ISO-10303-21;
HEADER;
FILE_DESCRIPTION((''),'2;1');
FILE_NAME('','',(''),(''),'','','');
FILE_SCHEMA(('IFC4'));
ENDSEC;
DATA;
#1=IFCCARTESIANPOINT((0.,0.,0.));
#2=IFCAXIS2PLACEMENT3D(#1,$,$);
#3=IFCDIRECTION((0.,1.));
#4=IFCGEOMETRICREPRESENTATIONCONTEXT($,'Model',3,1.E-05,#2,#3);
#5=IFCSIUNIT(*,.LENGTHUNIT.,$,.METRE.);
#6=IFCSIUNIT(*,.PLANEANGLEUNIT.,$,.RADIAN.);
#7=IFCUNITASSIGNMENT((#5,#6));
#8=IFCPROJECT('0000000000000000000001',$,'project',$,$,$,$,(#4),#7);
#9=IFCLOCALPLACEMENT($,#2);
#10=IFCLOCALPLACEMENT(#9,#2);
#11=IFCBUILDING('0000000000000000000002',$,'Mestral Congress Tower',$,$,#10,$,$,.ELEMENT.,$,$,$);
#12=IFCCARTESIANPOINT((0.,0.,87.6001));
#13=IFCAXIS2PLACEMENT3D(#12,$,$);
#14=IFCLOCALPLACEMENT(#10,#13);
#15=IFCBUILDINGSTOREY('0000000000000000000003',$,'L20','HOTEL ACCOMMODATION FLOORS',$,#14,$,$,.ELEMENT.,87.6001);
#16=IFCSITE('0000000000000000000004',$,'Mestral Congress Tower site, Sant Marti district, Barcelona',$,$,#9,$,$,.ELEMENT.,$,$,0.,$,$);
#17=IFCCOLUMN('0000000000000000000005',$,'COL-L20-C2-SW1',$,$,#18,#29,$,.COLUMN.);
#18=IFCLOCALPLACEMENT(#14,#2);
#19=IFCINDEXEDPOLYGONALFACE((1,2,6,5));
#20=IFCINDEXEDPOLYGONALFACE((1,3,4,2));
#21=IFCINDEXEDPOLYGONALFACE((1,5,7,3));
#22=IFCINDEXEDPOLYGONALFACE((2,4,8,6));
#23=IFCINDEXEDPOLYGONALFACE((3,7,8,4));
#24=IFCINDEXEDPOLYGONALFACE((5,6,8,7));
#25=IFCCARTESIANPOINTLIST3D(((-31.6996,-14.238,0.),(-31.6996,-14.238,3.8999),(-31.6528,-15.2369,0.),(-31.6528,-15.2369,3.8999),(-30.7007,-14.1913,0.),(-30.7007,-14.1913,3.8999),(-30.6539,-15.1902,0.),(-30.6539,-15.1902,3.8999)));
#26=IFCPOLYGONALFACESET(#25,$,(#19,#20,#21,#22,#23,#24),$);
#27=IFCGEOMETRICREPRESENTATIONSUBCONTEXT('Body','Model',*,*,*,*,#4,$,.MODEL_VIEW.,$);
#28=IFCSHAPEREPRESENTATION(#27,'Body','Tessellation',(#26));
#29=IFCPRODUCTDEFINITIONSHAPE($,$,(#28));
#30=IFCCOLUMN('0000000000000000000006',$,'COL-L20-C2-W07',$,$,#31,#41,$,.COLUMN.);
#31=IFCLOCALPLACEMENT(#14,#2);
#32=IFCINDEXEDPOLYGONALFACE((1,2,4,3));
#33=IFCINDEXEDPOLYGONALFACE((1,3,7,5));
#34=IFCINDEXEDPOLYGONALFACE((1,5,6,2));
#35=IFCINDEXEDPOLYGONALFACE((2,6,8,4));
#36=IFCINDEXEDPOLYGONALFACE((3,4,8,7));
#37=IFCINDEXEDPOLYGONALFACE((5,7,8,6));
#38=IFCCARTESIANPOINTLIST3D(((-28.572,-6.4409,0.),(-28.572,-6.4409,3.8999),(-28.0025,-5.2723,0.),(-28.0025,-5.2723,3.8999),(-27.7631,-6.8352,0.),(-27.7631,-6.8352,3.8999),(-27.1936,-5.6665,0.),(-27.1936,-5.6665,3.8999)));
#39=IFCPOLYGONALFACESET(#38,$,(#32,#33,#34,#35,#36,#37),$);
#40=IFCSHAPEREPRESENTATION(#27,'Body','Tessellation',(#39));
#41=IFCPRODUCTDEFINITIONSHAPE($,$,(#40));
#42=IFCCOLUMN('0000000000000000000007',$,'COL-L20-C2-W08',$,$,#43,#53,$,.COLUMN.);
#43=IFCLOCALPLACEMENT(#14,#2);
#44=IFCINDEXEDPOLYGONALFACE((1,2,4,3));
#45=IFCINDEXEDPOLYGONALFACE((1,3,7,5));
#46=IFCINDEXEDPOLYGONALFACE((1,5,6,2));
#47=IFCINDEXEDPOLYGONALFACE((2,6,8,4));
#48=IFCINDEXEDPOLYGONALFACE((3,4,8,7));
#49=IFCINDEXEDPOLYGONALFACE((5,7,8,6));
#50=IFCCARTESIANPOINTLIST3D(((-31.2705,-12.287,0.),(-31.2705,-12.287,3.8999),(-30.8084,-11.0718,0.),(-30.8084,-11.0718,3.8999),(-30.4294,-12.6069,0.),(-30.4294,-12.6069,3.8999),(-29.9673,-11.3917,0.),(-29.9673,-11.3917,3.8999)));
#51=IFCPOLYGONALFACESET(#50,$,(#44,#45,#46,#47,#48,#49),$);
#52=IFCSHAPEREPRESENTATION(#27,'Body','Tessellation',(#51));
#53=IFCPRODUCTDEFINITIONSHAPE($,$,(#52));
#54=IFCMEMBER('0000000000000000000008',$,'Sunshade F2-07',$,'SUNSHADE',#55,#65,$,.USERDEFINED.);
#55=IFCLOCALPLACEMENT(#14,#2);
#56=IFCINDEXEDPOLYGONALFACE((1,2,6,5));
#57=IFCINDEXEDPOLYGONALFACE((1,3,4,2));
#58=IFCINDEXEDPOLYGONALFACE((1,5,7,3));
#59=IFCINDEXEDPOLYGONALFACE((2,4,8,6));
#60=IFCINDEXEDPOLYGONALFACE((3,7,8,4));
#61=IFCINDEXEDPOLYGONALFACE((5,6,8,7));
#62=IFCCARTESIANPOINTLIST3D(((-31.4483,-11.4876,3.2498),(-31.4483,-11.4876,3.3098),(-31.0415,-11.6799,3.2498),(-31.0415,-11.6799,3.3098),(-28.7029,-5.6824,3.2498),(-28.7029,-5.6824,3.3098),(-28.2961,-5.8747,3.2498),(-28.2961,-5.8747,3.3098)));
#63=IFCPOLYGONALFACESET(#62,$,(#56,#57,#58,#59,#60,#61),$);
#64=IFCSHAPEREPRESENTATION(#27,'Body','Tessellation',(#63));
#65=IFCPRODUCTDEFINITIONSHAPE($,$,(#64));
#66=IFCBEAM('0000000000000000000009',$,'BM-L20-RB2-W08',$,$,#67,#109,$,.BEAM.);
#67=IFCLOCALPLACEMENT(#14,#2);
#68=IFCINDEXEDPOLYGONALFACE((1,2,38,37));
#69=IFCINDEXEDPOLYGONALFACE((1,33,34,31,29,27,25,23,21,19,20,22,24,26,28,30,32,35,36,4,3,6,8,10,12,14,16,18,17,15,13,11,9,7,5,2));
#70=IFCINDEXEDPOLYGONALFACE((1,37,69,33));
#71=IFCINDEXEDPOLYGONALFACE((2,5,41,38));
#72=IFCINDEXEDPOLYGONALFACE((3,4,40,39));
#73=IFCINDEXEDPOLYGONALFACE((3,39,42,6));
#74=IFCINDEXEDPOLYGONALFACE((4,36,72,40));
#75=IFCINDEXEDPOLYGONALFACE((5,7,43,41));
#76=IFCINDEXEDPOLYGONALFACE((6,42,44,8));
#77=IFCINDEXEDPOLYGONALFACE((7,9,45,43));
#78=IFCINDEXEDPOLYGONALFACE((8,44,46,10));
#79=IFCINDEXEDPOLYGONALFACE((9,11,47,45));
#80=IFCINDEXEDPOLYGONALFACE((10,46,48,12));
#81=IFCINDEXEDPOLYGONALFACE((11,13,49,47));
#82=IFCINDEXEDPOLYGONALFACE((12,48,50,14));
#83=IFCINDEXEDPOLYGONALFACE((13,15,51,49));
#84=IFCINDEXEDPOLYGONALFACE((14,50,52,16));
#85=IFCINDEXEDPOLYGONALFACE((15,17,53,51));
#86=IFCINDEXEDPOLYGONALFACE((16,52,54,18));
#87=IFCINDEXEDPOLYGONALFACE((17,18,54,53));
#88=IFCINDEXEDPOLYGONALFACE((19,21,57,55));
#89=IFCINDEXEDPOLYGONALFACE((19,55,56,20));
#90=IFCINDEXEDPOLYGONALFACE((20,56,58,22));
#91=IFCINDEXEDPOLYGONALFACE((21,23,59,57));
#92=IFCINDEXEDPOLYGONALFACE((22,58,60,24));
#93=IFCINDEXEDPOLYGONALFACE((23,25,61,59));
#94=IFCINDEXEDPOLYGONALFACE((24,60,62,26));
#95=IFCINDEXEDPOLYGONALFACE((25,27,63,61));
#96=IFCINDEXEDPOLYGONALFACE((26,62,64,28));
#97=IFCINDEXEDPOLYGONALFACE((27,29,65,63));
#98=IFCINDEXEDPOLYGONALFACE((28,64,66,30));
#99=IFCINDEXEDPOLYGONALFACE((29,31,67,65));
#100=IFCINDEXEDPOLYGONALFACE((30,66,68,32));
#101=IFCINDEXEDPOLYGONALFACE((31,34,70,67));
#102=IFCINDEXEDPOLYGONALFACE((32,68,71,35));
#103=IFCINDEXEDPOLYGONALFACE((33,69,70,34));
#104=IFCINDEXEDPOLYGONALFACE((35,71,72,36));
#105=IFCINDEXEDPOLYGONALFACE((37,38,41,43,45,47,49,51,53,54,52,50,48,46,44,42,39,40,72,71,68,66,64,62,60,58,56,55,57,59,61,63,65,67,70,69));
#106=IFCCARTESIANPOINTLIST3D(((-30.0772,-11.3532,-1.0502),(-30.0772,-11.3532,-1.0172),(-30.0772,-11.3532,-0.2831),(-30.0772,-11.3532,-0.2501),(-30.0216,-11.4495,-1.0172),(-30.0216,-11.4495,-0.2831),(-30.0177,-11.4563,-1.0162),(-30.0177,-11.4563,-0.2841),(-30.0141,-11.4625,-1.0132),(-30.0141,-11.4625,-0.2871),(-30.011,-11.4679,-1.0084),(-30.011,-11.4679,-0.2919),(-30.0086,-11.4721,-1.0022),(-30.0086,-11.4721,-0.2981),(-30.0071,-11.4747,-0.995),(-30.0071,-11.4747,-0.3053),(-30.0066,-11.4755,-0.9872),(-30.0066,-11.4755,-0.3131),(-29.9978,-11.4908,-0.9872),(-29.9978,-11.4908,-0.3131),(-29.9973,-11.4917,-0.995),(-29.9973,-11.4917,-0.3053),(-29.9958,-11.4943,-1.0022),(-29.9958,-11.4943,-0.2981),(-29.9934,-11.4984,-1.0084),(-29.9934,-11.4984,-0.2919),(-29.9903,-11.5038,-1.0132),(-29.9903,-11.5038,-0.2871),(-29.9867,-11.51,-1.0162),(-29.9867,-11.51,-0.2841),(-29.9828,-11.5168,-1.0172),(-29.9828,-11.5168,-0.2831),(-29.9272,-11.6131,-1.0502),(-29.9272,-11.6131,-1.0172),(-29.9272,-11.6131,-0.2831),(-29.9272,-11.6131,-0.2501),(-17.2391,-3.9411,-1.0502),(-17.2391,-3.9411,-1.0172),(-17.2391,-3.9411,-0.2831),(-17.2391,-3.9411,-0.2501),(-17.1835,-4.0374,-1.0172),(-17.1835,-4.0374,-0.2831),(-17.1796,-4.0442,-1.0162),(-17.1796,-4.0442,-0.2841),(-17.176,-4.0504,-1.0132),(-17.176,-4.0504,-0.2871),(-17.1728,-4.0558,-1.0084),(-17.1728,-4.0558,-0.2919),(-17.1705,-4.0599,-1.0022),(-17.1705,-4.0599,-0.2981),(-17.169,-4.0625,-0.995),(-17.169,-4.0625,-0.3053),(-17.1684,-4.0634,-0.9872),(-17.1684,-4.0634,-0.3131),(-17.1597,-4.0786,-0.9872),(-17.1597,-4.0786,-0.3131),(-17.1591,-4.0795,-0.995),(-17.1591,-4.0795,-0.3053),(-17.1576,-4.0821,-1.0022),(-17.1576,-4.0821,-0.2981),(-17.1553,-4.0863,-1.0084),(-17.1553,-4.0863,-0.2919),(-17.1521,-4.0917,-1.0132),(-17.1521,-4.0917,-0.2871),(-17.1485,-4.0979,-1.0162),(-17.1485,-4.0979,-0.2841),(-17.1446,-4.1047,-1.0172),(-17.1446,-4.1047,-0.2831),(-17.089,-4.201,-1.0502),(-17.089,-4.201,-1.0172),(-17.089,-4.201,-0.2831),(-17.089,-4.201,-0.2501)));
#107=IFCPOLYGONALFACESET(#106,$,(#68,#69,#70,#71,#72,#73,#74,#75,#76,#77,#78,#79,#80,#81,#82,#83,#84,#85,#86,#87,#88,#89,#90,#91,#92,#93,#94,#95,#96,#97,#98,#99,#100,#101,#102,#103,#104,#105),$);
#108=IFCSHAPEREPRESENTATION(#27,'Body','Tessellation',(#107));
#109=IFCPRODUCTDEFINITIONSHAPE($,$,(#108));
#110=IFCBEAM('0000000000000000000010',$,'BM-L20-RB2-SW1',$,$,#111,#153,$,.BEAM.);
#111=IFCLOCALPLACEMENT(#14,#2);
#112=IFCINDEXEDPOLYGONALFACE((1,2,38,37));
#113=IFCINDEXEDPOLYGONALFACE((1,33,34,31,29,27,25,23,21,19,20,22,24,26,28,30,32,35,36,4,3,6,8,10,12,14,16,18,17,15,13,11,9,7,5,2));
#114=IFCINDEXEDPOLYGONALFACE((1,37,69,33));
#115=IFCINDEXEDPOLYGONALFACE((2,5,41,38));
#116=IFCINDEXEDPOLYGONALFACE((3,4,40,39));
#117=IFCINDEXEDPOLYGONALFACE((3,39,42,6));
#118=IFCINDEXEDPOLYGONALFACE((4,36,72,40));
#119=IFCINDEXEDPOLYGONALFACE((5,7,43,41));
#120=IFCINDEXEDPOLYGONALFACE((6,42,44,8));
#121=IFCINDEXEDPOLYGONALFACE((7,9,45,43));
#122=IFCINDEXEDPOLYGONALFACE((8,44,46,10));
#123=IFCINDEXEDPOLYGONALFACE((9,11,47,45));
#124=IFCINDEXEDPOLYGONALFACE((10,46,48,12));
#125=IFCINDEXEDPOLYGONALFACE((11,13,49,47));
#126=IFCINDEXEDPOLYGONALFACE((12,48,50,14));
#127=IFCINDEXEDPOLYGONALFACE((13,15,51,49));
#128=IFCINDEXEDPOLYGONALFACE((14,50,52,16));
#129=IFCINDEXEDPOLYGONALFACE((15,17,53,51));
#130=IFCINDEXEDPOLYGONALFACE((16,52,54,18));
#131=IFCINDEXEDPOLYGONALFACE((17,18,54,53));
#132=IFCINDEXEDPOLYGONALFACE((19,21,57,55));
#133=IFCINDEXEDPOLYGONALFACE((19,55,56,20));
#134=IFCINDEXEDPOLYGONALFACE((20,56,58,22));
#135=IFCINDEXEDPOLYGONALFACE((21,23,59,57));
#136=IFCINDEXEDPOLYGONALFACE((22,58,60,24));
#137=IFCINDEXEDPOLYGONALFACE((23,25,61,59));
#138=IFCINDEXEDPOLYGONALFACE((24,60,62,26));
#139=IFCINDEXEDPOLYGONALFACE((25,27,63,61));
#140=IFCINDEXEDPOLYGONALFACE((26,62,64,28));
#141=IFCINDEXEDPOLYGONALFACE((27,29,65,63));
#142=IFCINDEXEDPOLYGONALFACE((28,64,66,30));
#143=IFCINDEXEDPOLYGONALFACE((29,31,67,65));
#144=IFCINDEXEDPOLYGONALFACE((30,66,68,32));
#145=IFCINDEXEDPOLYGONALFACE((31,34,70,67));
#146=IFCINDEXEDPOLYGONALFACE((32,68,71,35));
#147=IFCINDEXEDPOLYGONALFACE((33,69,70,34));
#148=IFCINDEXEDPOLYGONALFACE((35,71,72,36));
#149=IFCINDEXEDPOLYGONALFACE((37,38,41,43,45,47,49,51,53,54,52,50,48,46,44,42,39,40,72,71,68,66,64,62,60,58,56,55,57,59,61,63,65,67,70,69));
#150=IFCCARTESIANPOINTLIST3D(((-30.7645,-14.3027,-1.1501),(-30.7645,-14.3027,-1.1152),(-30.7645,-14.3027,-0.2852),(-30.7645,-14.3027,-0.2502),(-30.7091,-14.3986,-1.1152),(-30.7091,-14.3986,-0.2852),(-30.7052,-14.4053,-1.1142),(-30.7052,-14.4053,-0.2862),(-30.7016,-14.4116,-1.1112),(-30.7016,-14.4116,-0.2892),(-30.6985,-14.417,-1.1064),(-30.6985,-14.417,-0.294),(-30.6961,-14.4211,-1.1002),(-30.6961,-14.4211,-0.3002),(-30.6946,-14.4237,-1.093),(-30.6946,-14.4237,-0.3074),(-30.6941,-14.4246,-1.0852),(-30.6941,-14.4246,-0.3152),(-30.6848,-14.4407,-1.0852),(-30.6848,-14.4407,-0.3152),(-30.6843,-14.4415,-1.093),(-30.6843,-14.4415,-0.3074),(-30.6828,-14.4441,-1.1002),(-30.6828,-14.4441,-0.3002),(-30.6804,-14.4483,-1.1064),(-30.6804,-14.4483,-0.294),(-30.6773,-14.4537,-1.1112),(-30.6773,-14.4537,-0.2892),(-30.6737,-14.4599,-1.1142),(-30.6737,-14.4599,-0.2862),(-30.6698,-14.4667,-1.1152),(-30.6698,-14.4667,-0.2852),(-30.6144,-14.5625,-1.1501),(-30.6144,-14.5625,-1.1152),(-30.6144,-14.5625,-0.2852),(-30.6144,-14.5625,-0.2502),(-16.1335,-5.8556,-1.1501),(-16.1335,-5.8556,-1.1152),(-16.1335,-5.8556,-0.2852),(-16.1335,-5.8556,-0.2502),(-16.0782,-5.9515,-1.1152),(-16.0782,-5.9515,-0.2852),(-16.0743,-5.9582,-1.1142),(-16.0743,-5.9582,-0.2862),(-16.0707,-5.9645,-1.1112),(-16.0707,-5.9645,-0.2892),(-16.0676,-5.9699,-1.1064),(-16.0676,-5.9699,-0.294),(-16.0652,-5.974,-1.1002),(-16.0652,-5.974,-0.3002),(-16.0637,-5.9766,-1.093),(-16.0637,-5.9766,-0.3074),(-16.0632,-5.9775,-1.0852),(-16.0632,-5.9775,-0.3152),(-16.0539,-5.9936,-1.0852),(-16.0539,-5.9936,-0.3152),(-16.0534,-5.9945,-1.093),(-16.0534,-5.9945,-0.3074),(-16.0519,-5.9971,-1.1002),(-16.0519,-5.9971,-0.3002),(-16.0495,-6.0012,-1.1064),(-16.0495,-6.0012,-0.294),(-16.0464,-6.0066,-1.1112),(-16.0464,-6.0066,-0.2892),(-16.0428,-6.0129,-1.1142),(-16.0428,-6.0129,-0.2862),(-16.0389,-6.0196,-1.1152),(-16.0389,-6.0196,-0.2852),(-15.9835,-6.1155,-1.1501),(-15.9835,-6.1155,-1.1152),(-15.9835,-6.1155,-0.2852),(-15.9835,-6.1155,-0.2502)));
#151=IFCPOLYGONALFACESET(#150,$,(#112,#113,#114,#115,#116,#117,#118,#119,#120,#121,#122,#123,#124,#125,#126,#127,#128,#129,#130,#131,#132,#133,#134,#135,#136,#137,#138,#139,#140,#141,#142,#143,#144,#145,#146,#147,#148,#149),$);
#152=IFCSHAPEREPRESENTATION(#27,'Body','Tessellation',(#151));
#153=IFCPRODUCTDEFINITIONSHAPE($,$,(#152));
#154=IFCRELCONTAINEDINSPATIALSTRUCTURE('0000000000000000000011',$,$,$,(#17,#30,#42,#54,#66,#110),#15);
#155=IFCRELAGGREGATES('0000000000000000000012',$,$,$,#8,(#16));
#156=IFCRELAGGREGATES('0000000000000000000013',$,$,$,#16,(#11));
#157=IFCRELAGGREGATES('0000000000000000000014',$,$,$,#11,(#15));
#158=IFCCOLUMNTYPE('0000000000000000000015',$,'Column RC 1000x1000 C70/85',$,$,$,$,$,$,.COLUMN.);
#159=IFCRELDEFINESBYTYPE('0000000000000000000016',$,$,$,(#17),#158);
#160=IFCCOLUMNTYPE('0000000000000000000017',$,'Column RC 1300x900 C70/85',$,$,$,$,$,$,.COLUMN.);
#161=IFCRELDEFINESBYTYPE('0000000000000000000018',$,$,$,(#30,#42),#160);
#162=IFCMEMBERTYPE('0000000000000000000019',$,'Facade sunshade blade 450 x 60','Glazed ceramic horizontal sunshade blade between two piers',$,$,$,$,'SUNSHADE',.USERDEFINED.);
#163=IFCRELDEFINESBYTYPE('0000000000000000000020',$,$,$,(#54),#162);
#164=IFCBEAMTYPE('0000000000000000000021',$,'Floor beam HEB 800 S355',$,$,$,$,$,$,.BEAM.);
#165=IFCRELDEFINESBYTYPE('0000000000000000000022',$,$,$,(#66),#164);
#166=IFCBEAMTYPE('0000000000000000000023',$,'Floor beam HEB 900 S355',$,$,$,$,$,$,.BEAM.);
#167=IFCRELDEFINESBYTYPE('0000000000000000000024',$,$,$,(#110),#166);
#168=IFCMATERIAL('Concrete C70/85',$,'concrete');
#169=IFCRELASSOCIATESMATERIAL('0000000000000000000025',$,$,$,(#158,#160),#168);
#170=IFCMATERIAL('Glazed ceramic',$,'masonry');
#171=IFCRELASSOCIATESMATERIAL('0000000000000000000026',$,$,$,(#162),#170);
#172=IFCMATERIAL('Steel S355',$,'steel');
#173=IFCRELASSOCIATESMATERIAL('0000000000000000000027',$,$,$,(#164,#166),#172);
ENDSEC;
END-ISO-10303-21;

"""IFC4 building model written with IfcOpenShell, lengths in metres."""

from ifc_helpers import new_model, si_unit, direction, frame, origin, origin_2d, place, context, subcontext, project, spatial, rectangle, i_section, extrude, material, material_profile, profile_set, type_object, element, save


model = new_model("IFC4")

# Units and contexts
model_context = context("Model", 3, precision=1e-05, world=origin(), true_north=direction((0.0, 1.0)))
body_context = subcontext(model_context, "Body", "Model", "MODEL_VIEW")
ifc_project = project(units=[si_unit("LENGTHUNIT", "METRE"), si_unit("PLANEANGLEUNIT", "RADIAN")], contexts=[model_context])

# Site, building, storey
site_placement = place(None, origin())
site = spatial("IfcSite", under=ifc_project, at=site_placement, Name="Mestral Congress Tower site, Sant Marti district, Barcelona", CompositionType="ELEMENT", RefElevation=0.0)
building_placement = place(site_placement, origin())
building = spatial("IfcBuilding", under=site, at=building_placement, Name="Mestral Congress Tower", CompositionType="ELEMENT")
storey_placement = place(building_placement, frame((0.0, 0.0, 87.6001)))
storey = spatial("IfcBuildingStorey", under=building, at=storey_placement, Name="L20", Description="HOTEL ACCOMMODATION FLOORS", CompositionType="ELEMENT", Elevation=87.6001)

# Columns
ifc_material_1 = material(Name="Concrete C70/85", Category="concrete")
ifc_material_profile_1 = material_profile(ifc_material_1, rectangle(XDim=1.0, YDim=1.0, at=origin_2d()), Name="RC 1000x1000")
ifc_profile_set_1 = profile_set([ifc_material_profile_1], Name="Concrete C70/85")
column_type_1 = type_object("IfcColumnType", Name="Column RC 1000x1000 C70/85", PredefinedType="COLUMN", material=ifc_profile_set_1)
column_placement = place(storey_placement, frame((-31.1768, -14.7141, 0.0), z_axis=(0.0, 0.0, 1.0), x_axis=(0.046756, -0.998906, 0.0)))
element("IfcColumn", 1, at=column_placement, inside=storey, type_object=column_type_1, Name="COL-L20-C2-SW1", PredefinedType="COLUMN", context=body_context, shape_type="SweptSolid", body=[
    extrude(rectangle(XDim=1.0, YDim=1.0, at=origin_2d()), origin(), (0.0, 0.0, 1.0), 3.8999),
])
ifc_material_profile_2 = material_profile(ifc_material_1, rectangle(XDim=1.3, YDim=0.8999, at=origin_2d()), Name="RC 1300x900")
ifc_profile_set_2 = profile_set([ifc_material_profile_2], Name="Concrete C70/85")
column_type_2 = type_object("IfcColumnType", Name="Column RC 1300x900 C70/85", PredefinedType="COLUMN", material=ifc_profile_set_2)
for number, where, z_axis, x_axis, name in (
    (2, (-27.8828, -6.0537, 0.0), (0.0, 0.0, 1.0), (-0.438061, -0.898945, 0.0), "COL-L20-C2-W07"),
    (3, (-30.6189, -11.8394, 0.0), (0.0, 0.0, 1.0), (-0.355494, -0.934679, 0.0), "COL-L20-C2-W08"),
):
    element("IfcColumn", number, at=place(storey_placement, frame(where, z_axis=z_axis, x_axis=x_axis)), inside=storey, type_object=column_type_2, Name=name, PredefinedType="COLUMN", context=body_context, shape_type="SweptSolid", body=[
        extrude(rectangle(XDim=1.3, YDim=0.8999, at=origin_2d()), origin(), (0.0, 0.0, 1.0), 3.8999),
    ])

# Member
ifc_material_2 = material(Name="Glazed ceramic", Category="masonry")
ifc_material_profile_3 = material_profile(ifc_material_2, rectangle(XDim=0.45, YDim=0.0601, at=origin_2d()), Name="Ceramic blade 450 x 60")
ifc_profile_set_3 = profile_set([ifc_material_profile_3], Name="Glazed ceramic")
member_type = type_object("IfcMemberType", Name="Facade sunshade blade 450 x 60", Description="Glazed ceramic horizontal sunshade blade between two piers", ElementType="SUNSHADE", PredefinedType="USERDEFINED", material=ifc_profile_set_3)
member_placement = place(storey_placement, frame((-28.4995, -5.7786, 3.2798), z_axis=(-0.427519, -0.904006, 0.0), x_axis=(0.904006, -0.427519, 0.0)))
element("IfcMember", 4, at=member_placement, inside=storey, type_object=member_type, Name="Sunshade F2-07", ObjectType="SUNSHADE", PredefinedType="USERDEFINED", context=body_context, shape_type="SweptSolid", body=[
    extrude(rectangle(XDim=0.45, YDim=0.0601, at=origin_2d()), origin(), (0.0, 0.0, 1.0), 6.4216),
])

# Beams
ifc_material_3 = material(Name="Steel S355", Category="steel")
ifc_material_profile_4 = material_profile(ifc_material_3, i_section(OverallWidth=0.3, OverallDepth=0.8, WebThickness=0.0176, FlangeThickness=0.033, FilletRadius=0.03, at=origin_2d()), Name="HEB 800")
ifc_profile_set_4 = profile_set([ifc_material_profile_4], Name="Steel S355")
beam_type_1 = type_object("IfcBeamType", Name="Floor beam HEB 800 S355", PredefinedType="BEAM", material=ifc_profile_set_4)
beam_1_placement = place(storey_placement, frame((-30.0022, -11.4832, -0.6501), z_axis=(0.866025, 0.5, 0.0), x_axis=(-0.5, 0.866025, 0.0)))
element("IfcBeam", 5, at=beam_1_placement, inside=storey, type_object=beam_type_1, Name="BM-L20-RB2-W08", PredefinedType="BEAM", context=body_context, shape_type="SweptSolid", body=[
    extrude(i_section(OverallWidth=0.3, OverallDepth=0.8, WebThickness=0.0176, FlangeThickness=0.033, FilletRadius=0.03, at=origin_2d()), origin(), (0.0, 0.0, 1.0), 14.8242),
])
ifc_material_profile_5 = material_profile(ifc_material_3, i_section(OverallWidth=0.3, OverallDepth=0.8999, WebThickness=0.0186, FlangeThickness=0.0349, FilletRadius=0.03, at=origin_2d()), Name="HEB 900")
ifc_profile_set_5 = profile_set([ifc_material_profile_5], Name="Steel S355")
beam_type_2 = type_object("IfcBeamType", Name="Floor beam HEB 900 S355", PredefinedType="BEAM", material=ifc_profile_set_5)
beam_2_placement = place(storey_placement, frame((-30.6895, -14.4326, -0.7002), z_axis=(0.866028, 0.499995, 0.0), x_axis=(-0.499995, 0.866028, 0.0)))
element("IfcBeam", 6, at=beam_2_placement, inside=storey, type_object=beam_type_2, Name="BM-L20-RB2-SW1", PredefinedType="BEAM", context=body_context, shape_type="SweptSolid", body=[
    extrude(i_section(OverallWidth=0.3, OverallDepth=0.8999, WebThickness=0.0186, FlangeThickness=0.0349, FilletRadius=0.03, at=origin_2d()), origin(), (0.0, 0.0, 1.0), 16.8943),
])

save(model, "model.ifc")
